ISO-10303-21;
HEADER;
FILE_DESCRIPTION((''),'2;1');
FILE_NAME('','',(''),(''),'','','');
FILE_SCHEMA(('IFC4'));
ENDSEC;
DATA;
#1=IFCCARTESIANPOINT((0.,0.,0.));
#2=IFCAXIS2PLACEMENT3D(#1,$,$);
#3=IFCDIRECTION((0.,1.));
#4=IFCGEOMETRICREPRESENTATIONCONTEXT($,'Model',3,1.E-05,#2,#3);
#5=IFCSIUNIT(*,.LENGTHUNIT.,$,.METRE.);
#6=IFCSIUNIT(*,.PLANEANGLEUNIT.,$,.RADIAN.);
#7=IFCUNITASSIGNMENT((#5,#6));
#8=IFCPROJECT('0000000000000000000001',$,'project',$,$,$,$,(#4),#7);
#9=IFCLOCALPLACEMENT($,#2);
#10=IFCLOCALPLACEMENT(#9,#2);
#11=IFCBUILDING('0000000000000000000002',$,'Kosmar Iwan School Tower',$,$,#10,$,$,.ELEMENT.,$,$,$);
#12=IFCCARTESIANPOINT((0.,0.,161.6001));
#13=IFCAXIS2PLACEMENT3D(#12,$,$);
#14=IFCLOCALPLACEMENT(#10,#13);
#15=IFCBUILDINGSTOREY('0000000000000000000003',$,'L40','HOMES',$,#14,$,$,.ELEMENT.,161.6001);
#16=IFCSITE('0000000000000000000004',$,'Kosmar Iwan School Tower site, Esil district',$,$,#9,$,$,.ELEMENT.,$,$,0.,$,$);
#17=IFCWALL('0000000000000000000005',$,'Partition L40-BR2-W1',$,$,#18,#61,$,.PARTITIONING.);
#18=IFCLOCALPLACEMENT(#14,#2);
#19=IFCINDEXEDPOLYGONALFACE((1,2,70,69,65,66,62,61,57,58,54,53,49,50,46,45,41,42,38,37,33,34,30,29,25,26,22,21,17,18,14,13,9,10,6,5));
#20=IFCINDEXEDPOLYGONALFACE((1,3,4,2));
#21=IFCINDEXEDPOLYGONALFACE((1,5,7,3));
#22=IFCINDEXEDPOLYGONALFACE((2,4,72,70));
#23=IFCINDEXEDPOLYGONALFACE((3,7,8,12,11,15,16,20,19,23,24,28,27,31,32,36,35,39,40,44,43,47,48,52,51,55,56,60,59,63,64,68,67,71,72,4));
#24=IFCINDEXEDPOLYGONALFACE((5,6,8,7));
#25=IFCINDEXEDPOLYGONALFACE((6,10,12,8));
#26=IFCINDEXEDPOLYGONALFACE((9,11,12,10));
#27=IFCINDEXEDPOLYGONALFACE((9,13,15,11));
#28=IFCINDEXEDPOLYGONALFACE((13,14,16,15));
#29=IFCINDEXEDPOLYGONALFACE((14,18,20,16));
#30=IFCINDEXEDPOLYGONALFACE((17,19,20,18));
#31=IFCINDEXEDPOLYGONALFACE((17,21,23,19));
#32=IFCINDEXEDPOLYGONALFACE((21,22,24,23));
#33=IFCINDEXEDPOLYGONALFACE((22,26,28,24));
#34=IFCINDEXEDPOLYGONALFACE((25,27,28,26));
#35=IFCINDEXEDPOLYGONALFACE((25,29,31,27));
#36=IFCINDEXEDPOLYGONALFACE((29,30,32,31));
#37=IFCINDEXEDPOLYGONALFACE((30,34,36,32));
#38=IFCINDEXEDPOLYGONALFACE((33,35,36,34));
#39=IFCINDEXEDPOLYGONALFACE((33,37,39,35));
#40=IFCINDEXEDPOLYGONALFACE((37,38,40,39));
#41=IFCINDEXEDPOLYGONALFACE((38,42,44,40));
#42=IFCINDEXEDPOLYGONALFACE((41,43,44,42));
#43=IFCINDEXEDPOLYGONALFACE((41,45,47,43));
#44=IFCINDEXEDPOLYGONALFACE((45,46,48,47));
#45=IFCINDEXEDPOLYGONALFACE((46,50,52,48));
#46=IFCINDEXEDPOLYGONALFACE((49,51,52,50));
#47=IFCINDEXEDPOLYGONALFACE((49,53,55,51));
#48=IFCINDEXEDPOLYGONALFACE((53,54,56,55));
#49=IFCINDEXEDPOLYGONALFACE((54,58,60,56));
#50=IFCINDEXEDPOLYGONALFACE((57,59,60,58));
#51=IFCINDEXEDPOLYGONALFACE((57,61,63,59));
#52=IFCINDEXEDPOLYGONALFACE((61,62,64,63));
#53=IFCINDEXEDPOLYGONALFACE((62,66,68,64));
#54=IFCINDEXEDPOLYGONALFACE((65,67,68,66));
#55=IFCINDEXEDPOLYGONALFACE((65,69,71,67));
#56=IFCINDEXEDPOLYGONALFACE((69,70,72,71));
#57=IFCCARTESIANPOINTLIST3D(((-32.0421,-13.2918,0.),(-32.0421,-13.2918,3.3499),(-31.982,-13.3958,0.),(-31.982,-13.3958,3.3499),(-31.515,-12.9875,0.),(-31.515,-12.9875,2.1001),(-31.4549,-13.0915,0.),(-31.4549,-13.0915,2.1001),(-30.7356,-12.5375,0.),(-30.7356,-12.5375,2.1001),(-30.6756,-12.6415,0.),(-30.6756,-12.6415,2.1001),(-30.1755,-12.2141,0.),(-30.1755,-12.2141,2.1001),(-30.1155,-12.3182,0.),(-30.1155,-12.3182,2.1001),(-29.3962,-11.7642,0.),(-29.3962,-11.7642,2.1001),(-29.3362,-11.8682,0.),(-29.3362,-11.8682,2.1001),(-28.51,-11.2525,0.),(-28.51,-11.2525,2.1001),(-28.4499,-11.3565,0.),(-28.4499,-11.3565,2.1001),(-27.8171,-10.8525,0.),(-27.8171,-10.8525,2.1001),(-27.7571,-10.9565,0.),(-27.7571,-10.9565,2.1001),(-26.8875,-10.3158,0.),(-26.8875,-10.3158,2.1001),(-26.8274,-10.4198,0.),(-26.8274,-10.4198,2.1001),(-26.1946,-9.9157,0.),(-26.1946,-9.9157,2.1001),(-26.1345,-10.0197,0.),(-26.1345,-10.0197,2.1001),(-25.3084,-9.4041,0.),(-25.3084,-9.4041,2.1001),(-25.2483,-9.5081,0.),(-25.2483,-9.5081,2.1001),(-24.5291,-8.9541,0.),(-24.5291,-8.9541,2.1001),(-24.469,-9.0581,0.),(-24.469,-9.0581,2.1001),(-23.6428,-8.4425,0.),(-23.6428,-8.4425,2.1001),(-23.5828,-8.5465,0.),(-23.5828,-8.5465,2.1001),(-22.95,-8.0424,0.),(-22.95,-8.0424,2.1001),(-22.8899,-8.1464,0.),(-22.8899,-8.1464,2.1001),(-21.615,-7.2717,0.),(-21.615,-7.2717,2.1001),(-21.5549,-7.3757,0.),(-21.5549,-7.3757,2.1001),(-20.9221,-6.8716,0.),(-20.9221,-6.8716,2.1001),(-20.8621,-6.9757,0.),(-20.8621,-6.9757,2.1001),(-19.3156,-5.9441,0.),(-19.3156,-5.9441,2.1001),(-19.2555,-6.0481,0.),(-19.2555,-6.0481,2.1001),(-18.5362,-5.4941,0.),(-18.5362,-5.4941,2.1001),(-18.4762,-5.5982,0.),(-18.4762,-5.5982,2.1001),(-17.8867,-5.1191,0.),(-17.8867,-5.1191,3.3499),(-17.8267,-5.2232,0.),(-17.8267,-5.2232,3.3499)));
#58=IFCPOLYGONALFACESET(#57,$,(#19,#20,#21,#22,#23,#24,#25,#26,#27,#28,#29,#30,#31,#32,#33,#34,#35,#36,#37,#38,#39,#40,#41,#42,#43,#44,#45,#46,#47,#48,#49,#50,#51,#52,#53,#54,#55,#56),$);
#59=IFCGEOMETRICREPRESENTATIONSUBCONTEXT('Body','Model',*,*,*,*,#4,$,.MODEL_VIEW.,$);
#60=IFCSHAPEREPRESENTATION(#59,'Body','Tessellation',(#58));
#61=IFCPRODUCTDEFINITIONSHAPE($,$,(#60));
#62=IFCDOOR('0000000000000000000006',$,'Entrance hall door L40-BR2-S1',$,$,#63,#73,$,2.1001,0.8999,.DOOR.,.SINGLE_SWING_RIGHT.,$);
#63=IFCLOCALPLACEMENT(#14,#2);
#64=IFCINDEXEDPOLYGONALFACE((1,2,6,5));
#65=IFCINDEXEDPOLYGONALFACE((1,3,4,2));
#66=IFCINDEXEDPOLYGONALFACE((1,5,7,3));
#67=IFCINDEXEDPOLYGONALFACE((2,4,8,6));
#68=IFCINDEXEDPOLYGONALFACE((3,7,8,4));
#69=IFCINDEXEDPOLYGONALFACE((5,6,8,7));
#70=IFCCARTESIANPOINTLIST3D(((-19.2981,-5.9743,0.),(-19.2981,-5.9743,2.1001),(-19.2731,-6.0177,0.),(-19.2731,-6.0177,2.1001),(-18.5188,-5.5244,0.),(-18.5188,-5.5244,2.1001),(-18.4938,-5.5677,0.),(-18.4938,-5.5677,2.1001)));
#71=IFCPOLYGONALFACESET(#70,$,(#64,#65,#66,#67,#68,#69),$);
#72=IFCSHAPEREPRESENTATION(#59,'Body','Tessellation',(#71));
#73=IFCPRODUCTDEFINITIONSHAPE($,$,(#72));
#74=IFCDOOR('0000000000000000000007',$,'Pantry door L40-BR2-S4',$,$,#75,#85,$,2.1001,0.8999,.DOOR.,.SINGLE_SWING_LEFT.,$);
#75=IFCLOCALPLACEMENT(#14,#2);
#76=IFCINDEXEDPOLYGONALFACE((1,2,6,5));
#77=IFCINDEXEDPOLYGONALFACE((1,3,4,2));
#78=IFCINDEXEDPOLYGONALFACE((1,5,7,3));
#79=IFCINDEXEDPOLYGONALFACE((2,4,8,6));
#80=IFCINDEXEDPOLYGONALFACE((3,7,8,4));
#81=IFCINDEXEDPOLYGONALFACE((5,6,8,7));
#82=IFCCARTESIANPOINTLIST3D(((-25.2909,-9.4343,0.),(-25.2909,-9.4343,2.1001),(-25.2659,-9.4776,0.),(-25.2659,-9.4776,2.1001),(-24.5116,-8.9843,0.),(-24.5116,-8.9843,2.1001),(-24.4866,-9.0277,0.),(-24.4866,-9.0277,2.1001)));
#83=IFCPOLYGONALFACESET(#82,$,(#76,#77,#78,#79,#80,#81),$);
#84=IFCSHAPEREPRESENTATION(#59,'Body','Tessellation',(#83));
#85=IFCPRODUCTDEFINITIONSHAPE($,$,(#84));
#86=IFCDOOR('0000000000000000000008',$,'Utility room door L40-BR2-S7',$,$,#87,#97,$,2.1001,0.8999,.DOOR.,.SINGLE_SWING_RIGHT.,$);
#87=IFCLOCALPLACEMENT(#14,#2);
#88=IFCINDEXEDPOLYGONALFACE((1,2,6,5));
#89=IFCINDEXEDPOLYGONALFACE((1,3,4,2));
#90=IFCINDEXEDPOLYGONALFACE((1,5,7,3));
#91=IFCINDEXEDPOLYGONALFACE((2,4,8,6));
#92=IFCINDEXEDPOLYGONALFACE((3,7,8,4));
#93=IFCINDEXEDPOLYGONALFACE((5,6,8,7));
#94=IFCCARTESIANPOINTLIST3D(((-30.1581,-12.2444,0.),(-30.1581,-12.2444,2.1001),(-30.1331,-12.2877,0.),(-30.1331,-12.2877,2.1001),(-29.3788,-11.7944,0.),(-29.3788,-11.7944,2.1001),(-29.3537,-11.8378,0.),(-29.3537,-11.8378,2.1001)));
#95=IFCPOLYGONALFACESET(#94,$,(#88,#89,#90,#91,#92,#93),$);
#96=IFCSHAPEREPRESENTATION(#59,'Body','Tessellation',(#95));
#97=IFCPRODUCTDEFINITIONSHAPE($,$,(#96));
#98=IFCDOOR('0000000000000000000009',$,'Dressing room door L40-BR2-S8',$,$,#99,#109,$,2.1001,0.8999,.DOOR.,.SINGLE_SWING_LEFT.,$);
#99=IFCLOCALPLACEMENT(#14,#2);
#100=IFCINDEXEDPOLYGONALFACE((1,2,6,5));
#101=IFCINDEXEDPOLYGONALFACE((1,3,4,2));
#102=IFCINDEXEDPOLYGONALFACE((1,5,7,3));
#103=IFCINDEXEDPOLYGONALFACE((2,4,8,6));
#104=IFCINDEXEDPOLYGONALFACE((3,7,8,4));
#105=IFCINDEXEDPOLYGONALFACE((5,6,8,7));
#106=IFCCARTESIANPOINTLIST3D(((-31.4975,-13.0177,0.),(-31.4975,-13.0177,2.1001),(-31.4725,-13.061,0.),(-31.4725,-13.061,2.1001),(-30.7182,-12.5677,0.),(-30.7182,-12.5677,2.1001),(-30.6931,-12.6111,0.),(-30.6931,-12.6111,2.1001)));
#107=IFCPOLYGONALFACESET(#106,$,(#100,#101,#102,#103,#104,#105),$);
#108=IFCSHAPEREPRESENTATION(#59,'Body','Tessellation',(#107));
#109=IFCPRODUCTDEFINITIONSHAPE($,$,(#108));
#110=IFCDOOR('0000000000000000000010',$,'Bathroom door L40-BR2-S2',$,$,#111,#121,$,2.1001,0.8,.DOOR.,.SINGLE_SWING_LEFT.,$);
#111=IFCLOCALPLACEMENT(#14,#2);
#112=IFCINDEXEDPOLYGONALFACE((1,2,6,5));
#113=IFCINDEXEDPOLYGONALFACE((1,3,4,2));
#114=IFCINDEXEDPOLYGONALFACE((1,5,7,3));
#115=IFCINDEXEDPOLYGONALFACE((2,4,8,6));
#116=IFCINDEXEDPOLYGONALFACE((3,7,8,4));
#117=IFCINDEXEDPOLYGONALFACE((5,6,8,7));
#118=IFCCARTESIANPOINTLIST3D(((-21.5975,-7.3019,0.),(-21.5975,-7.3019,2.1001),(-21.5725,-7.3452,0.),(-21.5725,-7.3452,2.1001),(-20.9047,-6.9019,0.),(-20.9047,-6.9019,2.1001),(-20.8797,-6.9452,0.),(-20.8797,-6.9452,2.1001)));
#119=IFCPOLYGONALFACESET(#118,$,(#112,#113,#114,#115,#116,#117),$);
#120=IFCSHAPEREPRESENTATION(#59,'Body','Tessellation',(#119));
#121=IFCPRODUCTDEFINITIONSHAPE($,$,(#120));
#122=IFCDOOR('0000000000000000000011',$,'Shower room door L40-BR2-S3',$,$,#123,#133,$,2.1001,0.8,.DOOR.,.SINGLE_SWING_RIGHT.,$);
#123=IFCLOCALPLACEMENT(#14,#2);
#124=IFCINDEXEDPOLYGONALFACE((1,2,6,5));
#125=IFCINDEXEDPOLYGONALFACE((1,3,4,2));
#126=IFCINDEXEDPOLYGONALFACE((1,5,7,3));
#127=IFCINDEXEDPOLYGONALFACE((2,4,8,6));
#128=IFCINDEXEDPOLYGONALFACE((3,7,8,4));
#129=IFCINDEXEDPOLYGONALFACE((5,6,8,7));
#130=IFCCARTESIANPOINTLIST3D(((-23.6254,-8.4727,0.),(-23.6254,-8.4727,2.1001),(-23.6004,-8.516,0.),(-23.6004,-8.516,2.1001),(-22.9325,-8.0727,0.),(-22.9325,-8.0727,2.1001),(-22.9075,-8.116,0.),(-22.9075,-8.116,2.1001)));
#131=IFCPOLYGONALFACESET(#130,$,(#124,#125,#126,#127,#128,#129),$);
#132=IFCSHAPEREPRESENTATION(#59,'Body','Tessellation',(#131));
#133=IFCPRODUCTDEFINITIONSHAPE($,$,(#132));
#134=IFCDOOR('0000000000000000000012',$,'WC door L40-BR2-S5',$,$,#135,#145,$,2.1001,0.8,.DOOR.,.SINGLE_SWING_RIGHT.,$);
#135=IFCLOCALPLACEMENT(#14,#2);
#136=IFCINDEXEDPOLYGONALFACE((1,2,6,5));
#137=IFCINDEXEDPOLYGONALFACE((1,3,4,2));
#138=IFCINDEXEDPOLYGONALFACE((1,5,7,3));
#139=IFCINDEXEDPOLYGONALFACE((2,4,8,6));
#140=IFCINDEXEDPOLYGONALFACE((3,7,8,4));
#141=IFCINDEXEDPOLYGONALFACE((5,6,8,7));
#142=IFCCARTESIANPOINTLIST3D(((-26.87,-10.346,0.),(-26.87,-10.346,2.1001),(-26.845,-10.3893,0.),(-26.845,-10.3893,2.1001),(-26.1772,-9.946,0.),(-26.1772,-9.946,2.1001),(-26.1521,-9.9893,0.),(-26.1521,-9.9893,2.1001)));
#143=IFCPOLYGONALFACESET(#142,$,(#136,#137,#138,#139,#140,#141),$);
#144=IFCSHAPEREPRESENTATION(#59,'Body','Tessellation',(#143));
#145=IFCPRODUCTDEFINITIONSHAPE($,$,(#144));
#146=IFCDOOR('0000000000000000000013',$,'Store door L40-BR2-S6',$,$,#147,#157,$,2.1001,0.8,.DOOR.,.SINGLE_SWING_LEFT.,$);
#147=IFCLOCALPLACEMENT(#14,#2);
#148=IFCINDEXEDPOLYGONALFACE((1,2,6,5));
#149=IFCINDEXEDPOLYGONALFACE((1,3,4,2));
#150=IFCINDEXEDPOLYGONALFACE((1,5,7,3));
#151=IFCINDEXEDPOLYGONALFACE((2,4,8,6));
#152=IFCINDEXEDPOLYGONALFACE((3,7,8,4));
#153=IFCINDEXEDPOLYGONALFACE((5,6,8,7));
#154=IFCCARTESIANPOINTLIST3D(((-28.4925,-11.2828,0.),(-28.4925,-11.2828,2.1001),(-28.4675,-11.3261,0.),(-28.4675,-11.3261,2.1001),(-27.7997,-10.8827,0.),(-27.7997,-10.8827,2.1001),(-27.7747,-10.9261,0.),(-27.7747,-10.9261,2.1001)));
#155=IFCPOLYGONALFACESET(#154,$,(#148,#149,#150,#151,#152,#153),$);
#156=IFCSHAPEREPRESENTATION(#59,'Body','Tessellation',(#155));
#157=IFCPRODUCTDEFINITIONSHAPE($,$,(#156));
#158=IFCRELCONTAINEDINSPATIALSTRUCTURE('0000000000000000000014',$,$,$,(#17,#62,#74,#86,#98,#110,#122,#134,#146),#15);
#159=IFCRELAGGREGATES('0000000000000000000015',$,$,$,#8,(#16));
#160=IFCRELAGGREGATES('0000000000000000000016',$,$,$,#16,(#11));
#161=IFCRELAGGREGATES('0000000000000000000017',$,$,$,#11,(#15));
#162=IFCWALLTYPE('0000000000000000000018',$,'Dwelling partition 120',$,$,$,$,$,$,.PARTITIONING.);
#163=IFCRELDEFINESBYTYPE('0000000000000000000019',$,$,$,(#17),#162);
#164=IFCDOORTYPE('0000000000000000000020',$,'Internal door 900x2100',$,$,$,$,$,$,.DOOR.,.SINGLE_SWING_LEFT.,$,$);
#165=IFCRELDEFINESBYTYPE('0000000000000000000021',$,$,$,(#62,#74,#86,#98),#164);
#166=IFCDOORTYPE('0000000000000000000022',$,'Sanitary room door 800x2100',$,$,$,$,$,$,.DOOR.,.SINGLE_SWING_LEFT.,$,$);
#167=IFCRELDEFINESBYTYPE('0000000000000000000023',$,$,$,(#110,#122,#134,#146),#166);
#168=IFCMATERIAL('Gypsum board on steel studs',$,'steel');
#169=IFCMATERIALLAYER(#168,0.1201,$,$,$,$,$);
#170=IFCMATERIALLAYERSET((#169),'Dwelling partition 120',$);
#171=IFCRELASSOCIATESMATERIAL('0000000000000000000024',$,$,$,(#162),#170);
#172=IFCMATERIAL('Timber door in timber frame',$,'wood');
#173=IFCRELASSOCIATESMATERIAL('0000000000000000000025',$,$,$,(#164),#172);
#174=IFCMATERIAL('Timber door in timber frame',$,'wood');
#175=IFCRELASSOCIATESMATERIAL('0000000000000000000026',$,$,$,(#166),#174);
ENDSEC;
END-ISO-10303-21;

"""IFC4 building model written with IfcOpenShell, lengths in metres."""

from ifc_helpers import new_model, si_unit, direction, frame, frame_2d, origin, place, context, subcontext, project, spatial, rectangle, extrude, material, layer, layer_set, type_object, element, fill, save


model = new_model("IFC4")

# Units and contexts
model_context = context("Model", 3, precision=1e-05, world=origin(), true_north=direction((0.0, 1.0)))
body_context = subcontext(model_context, "Body", "Model", "MODEL_VIEW")
ifc_project = project(units=[si_unit("LENGTHUNIT", "METRE"), si_unit("PLANEANGLEUNIT", "RADIAN")], contexts=[model_context])

# Site, building, storey
site_placement = place(None, origin())
site = spatial("IfcSite", under=ifc_project, at=site_placement, Name="Kosmar Iwan School Tower site, Esil district", CompositionType="ELEMENT", RefElevation=0.0)
building_placement = place(site_placement, origin())
building = spatial("IfcBuilding", under=site, at=building_placement, Name="Kosmar Iwan School Tower", CompositionType="ELEMENT")
storey_placement = place(building_placement, frame((0.0, 0.0, 161.6001)))
storey = spatial("IfcBuildingStorey", under=building, at=storey_placement, Name="L40", Description="HOMES", CompositionType="ELEMENT", Elevation=161.6001)

# Shared definitions
ifc_material_1 = material(Name="Gypsum board on steel studs", Category="steel")
ifc_layer = layer(ifc_material_1, 0.1201)
ifc_layer_set = layer_set([ifc_layer], Name="Dwelling partition 120")
wall_type = type_object("IfcWallType", Name="Dwelling partition 120", PredefinedType="PARTITIONING", material=ifc_layer_set)

# Wall, openings, doors
wall_1_placement = place(storey_placement, frame((-17.8567, -5.1711, 0.0), z_axis=(0.0, 0.0, 1.0), x_axis=(-0.866024, -0.500003, 0.0)))
wall_1 = element("IfcWall", 1, at=wall_1_placement, inside=storey, type_object=wall_type, Name="Partition L40-BR2-W1", PredefinedType="PARTITIONING", context=body_context, shape_type="SweptSolid", body=[
    extrude(rectangle(XDim=16.3452, YDim=0.1201, at=frame_2d((8.1726, 0.0))), origin(), (0.0, 0.0, 1.0), 3.3499),
])
opening_1_placement = place(wall_1_placement, frame((0.75, 0.0, 0.0)))
opening_1 = element("IfcOpeningElement", 2, at=opening_1_placement, cuts=wall_1, PredefinedType="OPENING", context=body_context, shape_type="SweptSolid", body=[
    extrude(rectangle(XDim=0.8999, YDim=2.1001, at=frame_2d((0.45, 1.05))), frame((0.0, 0.072, 0.0), z_axis=(0.0, -1.0, 0.0), x_axis=(1.0, 0.0, 0.0)), (0.0, 0.0, 1.0), 0.144),
])
opening_2_placement = place(wall_1_placement, frame((3.5051, 0.0, 0.0)))
opening_2 = element("IfcOpeningElement", 3, at=opening_2_placement, cuts=wall_1, PredefinedType="OPENING", context=body_context, shape_type="SweptSolid", body=[
    extrude(rectangle(XDim=0.8, YDim=2.1001, at=frame_2d((0.3999, 1.05))), frame((0.0, 0.072, 0.0), z_axis=(0.0, -1.0, 0.0), x_axis=(1.0, 0.0, 0.0)), (0.0, 0.0, 1.0), 0.144),
])
opening_3_placement = place(wall_1_placement, frame((5.8467, 0.0, 0.0)))
opening_3 = element("IfcOpeningElement", 4, at=opening_3_placement, cuts=wall_1, PredefinedType="OPENING", context=body_context, shape_type="SweptSolid", body=[
    extrude(rectangle(XDim=0.8, YDim=2.1001, at=frame_2d((0.3999, 1.05))), frame((0.0, 0.072, 0.0), z_axis=(0.0, -1.0, 0.0), x_axis=(1.0, 0.0, 0.0)), (0.0, 0.0, 1.0), 0.144),
])
opening_4_placement = place(wall_1_placement, frame((7.6699, 0.0, 0.0)))
opening_4 = element("IfcOpeningElement", 5, at=opening_4_placement, cuts=wall_1, PredefinedType="OPENING", context=body_context, shape_type="SweptSolid", body=[
    extrude(rectangle(XDim=0.8999, YDim=2.1001, at=frame_2d((0.45, 1.05))), frame((0.0, 0.072, 0.0), z_axis=(0.0, -1.0, 0.0), x_axis=(1.0, 0.0, 0.0)), (0.0, 0.0, 1.0), 0.144),
])
opening_5_placement = place(wall_1_placement, frame((9.5933, 0.0, 0.0)))
opening_5 = element("IfcOpeningElement", 6, at=opening_5_placement, cuts=wall_1, PredefinedType="OPENING", context=body_context, shape_type="SweptSolid", body=[
    extrude(rectangle(XDim=0.8, YDim=2.1001, at=frame_2d((0.3999, 1.05))), frame((0.0, 0.072, 0.0), z_axis=(0.0, -1.0, 0.0), x_axis=(1.0, 0.0, 0.0)), (0.0, 0.0, 1.0), 0.144),
])
opening_6_placement = place(wall_1_placement, frame((11.4668, 0.0, 0.0)))
opening_6 = element("IfcOpeningElement", 7, at=opening_6_placement, cuts=wall_1, PredefinedType="OPENING", context=body_context, shape_type="SweptSolid", body=[
    extrude(rectangle(XDim=0.8, YDim=2.1001, at=frame_2d((0.3999, 1.05))), frame((0.0, 0.072, 0.0), z_axis=(0.0, -1.0, 0.0), x_axis=(1.0, 0.0, 0.0)), (0.0, 0.0, 1.0), 0.144),
])
opening_7_placement = place(wall_1_placement, frame((13.29, 0.0, 0.0)))
opening_7 = element("IfcOpeningElement", 8, at=opening_7_placement, cuts=wall_1, PredefinedType="OPENING", context=body_context, shape_type="SweptSolid", body=[
    extrude(rectangle(XDim=0.8999, YDim=2.1001, at=frame_2d((0.45, 1.05))), frame((0.0, 0.072, 0.0), z_axis=(0.0, -1.0, 0.0), x_axis=(1.0, 0.0, 0.0)), (0.0, 0.0, 1.0), 0.144),
])
opening_8_placement = place(wall_1_placement, frame((14.8367, 0.0, 0.0)))
opening_8 = element("IfcOpeningElement", 9, at=opening_8_placement, cuts=wall_1, PredefinedType="OPENING", context=body_context, shape_type="SweptSolid", body=[
    extrude(rectangle(XDim=0.8999, YDim=2.1001, at=frame_2d((0.45, 1.05))), frame((0.0, 0.072, 0.0), z_axis=(0.0, -1.0, 0.0), x_axis=(1.0, 0.0, 0.0)), (0.0, 0.0, 1.0), 0.144),
])
ifc_material_2 = material(Name="Timber door in timber frame", Category="wood")
door_type_1 = type_object("IfcDoorType", Name="Internal door 900x2100", OperationType="SINGLE_SWING_LEFT", PredefinedType="DOOR", material=ifc_material_2)
door_1_placement = place(opening_1_placement, origin())
door_1 = element("IfcDoor", 10, at=door_1_placement, inside=storey, type_object=door_type_1, Name="Entrance hall door L40-BR2-S1", OperationType="SINGLE_SWING_RIGHT", OverallHeight=2.1001, OverallWidth=0.8999, PredefinedType="DOOR", context=body_context, shape_type="SweptSolid", body=[
    extrude(rectangle(XDim=0.8999, YDim=2.1001, at=frame_2d((0.45, 1.05))), frame((0.0, 0.0249, 0.0), z_axis=(0.0, -1.0, 0.0), x_axis=(1.0, 0.0, 0.0)), (0.0, 0.0, 1.0), 0.05),
])
fill(opening_1, door_1)
door_2_placement = place(opening_4_placement, origin())
door_2 = element("IfcDoor", 11, at=door_2_placement, inside=storey, type_object=door_type_1, Name="Pantry door L40-BR2-S4", OperationType="SINGLE_SWING_LEFT", OverallHeight=2.1001, OverallWidth=0.8999, PredefinedType="DOOR", context=body_context, shape_type="SweptSolid", body=[
    extrude(rectangle(XDim=0.8999, YDim=2.1001, at=frame_2d((0.45, 1.05))), frame((0.0, 0.0249, 0.0), z_axis=(0.0, -1.0, 0.0), x_axis=(1.0, 0.0, 0.0)), (0.0, 0.0, 1.0), 0.05),
])
fill(opening_4, door_2)
door_3_placement = place(opening_7_placement, origin())
door_3 = element("IfcDoor", 12, at=door_3_placement, inside=storey, type_object=door_type_1, Name="Utility room door L40-BR2-S7", OperationType="SINGLE_SWING_RIGHT", OverallHeight=2.1001, OverallWidth=0.8999, PredefinedType="DOOR", context=body_context, shape_type="SweptSolid", body=[
    extrude(rectangle(XDim=0.8999, YDim=2.1001, at=frame_2d((0.45, 1.05))), frame((0.0, 0.0249, 0.0), z_axis=(0.0, -1.0, 0.0), x_axis=(1.0, 0.0, 0.0)), (0.0, 0.0, 1.0), 0.05),
])
fill(opening_7, door_3)
door_4_placement = place(opening_8_placement, origin())
door_4 = element("IfcDoor", 13, at=door_4_placement, inside=storey, type_object=door_type_1, Name="Dressing room door L40-BR2-S8", OperationType="SINGLE_SWING_LEFT", OverallHeight=2.1001, OverallWidth=0.8999, PredefinedType="DOOR", context=body_context, shape_type="SweptSolid", body=[
    extrude(rectangle(XDim=0.8999, YDim=2.1001, at=frame_2d((0.45, 1.05))), frame((0.0, 0.0249, 0.0), z_axis=(0.0, -1.0, 0.0), x_axis=(1.0, 0.0, 0.0)), (0.0, 0.0, 1.0), 0.05),
])
fill(opening_8, door_4)
ifc_material_3 = material(Name="Timber door in timber frame", Category="wood")
door_type_2 = type_object("IfcDoorType", Name="Sanitary room door 800x2100", OperationType="SINGLE_SWING_LEFT", PredefinedType="DOOR", material=ifc_material_3)
door_5_placement = place(opening_2_placement, origin())
door_5 = element("IfcDoor", 14, at=door_5_placement, inside=storey, type_object=door_type_2, Name="Bathroom door L40-BR2-S2", OperationType="SINGLE_SWING_LEFT", OverallHeight=2.1001, OverallWidth=0.8, PredefinedType="DOOR", context=body_context, shape_type="SweptSolid", body=[
    extrude(rectangle(XDim=0.8, YDim=2.1001, at=frame_2d((0.3999, 1.05))), frame((0.0, 0.0249, 0.0), z_axis=(0.0, -1.0, 0.0), x_axis=(1.0, 0.0, 0.0)), (0.0, 0.0, 1.0), 0.05),
])
fill(opening_2, door_5)
door_6_placement = place(opening_3_placement, origin())
door_6 = element("IfcDoor", 15, at=door_6_placement, inside=storey, type_object=door_type_2, Name="Shower room door L40-BR2-S3", OperationType="SINGLE_SWING_RIGHT", OverallHeight=2.1001, OverallWidth=0.8, PredefinedType="DOOR", context=body_context, shape_type="SweptSolid", body=[
    extrude(rectangle(XDim=0.8, YDim=2.1001, at=frame_2d((0.3999, 1.05))), frame((0.0, 0.0249, 0.0), z_axis=(0.0, -1.0, 0.0), x_axis=(1.0, 0.0, 0.0)), (0.0, 0.0, 1.0), 0.05),
])
fill(opening_3, door_6)
door_7_placement = place(opening_5_placement, origin())
door_7 = element("IfcDoor", 16, at=door_7_placement, inside=storey, type_object=door_type_2, Name="WC door L40-BR2-S5", OperationType="SINGLE_SWING_RIGHT", OverallHeight=2.1001, OverallWidth=0.8, PredefinedType="DOOR", context=body_context, shape_type="SweptSolid", body=[
    extrude(rectangle(XDim=0.8, YDim=2.1001, at=frame_2d((0.3999, 1.05))), frame((0.0, 0.0249, 0.0), z_axis=(0.0, -1.0, 0.0), x_axis=(1.0, 0.0, 0.0)), (0.0, 0.0, 1.0), 0.05),
])
fill(opening_5, door_7)
door_8_placement = place(opening_6_placement, origin())
door_8 = element("IfcDoor", 17, at=door_8_placement, inside=storey, type_object=door_type_2, Name="Store door L40-BR2-S6", OperationType="SINGLE_SWING_LEFT", OverallHeight=2.1001, OverallWidth=0.8, PredefinedType="DOOR", context=body_context, shape_type="SweptSolid", body=[
    extrude(rectangle(XDim=0.8, YDim=2.1001, at=frame_2d((0.3999, 1.05))), frame((0.0, 0.0249, 0.0), z_axis=(0.0, -1.0, 0.0), x_axis=(1.0, 0.0, 0.0)), (0.0, 0.0, 1.0), 0.05),
])
fill(opening_6, door_8)

save(model, "model.ifc")
